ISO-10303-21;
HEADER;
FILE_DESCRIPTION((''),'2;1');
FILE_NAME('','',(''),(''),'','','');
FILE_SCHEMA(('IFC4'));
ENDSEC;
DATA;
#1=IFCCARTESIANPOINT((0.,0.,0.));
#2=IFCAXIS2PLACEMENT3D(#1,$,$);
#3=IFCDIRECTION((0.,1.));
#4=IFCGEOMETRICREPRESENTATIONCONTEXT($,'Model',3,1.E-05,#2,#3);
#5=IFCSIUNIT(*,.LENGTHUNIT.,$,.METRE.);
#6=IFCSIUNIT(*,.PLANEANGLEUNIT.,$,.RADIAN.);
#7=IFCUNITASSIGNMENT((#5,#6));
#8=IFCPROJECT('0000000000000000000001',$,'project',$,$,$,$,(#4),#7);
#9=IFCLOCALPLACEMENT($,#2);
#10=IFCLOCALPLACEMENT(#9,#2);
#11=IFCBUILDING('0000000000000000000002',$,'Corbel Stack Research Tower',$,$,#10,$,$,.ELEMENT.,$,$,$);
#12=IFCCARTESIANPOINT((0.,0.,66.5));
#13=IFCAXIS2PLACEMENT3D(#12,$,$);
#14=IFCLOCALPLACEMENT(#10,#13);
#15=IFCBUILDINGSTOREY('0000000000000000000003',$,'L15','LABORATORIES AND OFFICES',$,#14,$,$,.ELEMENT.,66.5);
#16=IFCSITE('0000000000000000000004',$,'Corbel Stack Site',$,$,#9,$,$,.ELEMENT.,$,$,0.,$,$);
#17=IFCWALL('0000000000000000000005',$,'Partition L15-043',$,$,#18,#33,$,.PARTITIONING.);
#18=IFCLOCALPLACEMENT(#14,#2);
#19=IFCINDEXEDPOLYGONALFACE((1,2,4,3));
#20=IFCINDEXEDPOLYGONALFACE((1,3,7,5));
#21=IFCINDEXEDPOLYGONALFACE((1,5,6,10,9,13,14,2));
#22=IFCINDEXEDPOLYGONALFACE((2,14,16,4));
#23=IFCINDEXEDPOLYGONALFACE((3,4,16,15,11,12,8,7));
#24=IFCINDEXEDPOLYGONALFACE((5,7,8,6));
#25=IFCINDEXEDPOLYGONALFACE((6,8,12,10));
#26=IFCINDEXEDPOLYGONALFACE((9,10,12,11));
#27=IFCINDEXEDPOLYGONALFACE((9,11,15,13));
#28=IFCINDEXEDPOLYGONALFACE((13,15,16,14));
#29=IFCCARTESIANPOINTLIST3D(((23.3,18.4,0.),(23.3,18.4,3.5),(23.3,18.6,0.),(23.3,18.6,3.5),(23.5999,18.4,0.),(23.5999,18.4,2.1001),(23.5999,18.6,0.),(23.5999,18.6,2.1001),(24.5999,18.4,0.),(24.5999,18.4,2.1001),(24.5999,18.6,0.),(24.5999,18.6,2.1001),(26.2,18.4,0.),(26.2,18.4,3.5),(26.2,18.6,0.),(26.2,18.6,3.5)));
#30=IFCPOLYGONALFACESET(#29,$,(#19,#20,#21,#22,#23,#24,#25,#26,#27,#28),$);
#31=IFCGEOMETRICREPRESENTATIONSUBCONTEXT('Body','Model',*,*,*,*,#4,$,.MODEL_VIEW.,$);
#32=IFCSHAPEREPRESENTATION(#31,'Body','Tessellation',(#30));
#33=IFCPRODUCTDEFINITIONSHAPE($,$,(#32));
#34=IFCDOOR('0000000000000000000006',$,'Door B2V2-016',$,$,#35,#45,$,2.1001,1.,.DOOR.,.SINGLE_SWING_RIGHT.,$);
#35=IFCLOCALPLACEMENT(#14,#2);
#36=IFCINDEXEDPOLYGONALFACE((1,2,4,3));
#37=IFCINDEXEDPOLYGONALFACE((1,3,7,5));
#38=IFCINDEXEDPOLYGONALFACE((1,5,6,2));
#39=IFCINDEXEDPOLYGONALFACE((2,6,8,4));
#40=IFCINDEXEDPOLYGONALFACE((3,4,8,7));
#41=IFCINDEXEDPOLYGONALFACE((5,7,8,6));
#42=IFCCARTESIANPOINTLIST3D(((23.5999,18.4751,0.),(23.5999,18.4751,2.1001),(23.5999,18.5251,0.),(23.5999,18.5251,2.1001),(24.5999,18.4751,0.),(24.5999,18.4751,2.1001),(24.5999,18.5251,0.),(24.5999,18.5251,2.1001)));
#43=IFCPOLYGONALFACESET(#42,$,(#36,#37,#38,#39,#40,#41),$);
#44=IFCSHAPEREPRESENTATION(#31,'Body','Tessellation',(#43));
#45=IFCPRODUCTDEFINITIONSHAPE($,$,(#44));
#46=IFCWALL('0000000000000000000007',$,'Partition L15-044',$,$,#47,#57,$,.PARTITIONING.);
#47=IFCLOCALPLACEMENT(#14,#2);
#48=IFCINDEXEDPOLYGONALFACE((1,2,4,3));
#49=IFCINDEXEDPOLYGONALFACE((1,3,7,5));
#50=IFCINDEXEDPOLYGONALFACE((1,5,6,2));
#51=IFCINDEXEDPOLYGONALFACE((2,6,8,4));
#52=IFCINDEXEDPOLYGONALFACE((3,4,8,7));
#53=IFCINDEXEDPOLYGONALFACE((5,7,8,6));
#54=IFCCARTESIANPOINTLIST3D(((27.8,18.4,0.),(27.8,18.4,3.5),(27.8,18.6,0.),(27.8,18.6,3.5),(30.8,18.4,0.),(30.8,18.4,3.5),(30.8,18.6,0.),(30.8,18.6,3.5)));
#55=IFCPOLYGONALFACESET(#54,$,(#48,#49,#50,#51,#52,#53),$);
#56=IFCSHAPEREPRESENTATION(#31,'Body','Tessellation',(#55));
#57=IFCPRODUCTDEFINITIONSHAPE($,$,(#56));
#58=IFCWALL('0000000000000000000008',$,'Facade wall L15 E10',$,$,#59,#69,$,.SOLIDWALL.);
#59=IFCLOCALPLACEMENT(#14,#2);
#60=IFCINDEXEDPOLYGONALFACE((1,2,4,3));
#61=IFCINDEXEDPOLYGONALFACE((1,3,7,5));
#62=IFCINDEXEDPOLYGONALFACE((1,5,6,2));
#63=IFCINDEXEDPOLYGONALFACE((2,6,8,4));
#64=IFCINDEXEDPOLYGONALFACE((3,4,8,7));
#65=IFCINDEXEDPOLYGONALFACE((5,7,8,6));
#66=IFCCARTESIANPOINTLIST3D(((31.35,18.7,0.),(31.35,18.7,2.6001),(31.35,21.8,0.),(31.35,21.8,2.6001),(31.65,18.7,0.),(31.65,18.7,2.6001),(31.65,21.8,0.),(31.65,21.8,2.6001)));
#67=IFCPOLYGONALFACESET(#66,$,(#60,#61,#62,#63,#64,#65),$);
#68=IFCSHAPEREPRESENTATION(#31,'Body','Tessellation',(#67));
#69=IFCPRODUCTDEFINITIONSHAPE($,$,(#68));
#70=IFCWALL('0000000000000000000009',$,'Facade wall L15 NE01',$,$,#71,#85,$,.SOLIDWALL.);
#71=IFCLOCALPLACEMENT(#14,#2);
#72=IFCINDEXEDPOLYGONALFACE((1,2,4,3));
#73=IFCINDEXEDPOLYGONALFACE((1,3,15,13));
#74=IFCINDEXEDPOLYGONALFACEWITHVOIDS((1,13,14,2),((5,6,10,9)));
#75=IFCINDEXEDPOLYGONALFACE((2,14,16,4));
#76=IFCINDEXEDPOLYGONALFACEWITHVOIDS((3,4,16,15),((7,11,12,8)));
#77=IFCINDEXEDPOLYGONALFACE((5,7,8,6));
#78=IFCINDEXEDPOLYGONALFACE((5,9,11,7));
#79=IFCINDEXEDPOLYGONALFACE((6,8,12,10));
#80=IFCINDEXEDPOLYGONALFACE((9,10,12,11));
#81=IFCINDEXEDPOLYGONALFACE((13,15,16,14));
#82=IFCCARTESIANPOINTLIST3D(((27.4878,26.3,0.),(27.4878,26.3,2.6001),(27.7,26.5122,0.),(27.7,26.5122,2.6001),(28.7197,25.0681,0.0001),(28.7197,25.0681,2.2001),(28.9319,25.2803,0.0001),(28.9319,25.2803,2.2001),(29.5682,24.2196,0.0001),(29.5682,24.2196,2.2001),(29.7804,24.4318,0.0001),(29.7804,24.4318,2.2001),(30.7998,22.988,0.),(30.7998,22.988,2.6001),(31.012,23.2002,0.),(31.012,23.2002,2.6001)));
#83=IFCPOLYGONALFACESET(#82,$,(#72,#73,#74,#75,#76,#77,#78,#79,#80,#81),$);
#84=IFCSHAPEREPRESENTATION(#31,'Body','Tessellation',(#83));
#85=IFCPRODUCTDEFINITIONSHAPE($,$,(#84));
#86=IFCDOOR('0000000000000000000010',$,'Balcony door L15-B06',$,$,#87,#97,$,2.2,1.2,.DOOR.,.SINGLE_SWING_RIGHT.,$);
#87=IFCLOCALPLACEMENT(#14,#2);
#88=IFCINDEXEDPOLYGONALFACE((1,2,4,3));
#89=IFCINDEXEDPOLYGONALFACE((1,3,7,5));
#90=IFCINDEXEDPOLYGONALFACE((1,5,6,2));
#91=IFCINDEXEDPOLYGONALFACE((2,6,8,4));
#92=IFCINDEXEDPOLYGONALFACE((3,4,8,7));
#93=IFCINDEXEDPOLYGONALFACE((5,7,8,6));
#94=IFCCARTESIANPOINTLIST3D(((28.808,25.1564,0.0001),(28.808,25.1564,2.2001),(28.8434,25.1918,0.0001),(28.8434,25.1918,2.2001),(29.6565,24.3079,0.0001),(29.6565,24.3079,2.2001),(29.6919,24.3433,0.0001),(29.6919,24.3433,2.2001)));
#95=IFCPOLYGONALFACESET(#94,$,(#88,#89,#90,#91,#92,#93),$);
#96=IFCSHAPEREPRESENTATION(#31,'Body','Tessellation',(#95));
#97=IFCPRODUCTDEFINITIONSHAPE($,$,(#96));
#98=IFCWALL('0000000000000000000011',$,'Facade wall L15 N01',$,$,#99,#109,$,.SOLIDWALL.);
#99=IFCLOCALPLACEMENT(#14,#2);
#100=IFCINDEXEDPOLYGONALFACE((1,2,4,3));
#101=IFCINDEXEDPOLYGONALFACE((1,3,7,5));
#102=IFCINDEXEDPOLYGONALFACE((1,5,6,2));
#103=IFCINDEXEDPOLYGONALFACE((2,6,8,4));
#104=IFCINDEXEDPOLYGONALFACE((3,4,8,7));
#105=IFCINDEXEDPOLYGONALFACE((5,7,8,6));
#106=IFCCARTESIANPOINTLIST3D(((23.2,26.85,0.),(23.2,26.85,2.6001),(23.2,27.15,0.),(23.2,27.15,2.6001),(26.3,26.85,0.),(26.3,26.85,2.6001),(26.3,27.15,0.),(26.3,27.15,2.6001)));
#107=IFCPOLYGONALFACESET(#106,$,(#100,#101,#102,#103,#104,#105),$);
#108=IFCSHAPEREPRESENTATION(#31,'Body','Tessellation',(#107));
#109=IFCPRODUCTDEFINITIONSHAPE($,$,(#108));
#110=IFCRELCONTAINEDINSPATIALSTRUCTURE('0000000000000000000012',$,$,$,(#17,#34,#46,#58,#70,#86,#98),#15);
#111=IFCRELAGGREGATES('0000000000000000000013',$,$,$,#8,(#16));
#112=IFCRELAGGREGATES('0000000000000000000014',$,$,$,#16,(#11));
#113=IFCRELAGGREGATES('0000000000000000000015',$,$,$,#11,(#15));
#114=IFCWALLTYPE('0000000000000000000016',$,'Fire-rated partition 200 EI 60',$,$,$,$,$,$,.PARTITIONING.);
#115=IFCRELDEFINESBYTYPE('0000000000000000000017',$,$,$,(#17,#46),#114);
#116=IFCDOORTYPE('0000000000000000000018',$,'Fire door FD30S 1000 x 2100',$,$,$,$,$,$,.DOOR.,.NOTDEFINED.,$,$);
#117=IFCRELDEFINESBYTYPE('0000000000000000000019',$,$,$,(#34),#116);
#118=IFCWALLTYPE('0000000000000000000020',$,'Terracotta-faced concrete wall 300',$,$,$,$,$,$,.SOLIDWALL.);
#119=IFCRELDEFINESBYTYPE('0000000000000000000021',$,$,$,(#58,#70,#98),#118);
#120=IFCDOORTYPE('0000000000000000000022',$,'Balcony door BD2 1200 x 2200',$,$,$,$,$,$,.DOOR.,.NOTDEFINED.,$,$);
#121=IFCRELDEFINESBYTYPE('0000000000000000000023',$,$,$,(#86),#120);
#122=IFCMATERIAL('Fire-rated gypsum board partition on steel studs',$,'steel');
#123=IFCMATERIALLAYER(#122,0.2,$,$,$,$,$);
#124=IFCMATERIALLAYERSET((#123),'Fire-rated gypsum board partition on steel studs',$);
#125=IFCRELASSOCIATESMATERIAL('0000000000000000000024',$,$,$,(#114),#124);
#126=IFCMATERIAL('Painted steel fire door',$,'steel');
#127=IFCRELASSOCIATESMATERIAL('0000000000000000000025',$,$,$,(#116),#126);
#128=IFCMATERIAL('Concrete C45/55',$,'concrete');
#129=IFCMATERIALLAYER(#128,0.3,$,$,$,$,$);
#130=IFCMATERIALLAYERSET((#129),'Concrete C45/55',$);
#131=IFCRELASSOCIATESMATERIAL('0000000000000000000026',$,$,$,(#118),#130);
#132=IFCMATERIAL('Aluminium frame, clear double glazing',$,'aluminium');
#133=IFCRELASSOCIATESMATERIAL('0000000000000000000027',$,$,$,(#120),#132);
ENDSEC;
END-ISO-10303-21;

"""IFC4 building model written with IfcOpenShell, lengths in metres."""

from ifc_helpers import new_model, si_unit, direction, frame, frame_2d, origin, place, context, subcontext, project, spatial, rectangle, extrude, material, layer, layer_set, type_object, element, fill, save


model = new_model("IFC4")

# Units and contexts
model_context = context("Model", 3, precision=1e-05, world=origin(), true_north=direction((0.0, 1.0)))
body_context = subcontext(model_context, "Body", "Model", "MODEL_VIEW")
ifc_project = project(units=[si_unit("LENGTHUNIT", "METRE"), si_unit("PLANEANGLEUNIT", "RADIAN")], contexts=[model_context])

# Site, building, storey
site_placement = place(None, origin())
site = spatial("IfcSite", under=ifc_project, at=site_placement, Name="Corbel Stack Site", CompositionType="ELEMENT", RefElevation=0.0)
building_placement = place(site_placement, origin())
building = spatial("IfcBuilding", under=site, at=building_placement, Name="Corbel Stack Research Tower", CompositionType="ELEMENT")
storey_placement = place(building_placement, frame((0.0, 0.0, 66.5)))
storey = spatial("IfcBuildingStorey", under=building, at=storey_placement, Name="L15", Description="LABORATORIES AND OFFICES", CompositionType="ELEMENT", Elevation=66.5)

# Shared definitions
ifc_material_1 = material(Name="Fire-rated gypsum board partition on steel studs", Category="steel")
ifc_layer_1 = layer(ifc_material_1, 0.2)
ifc_layer_set_1 = layer_set([ifc_layer_1], Name="Fire-rated gypsum board partition on steel studs")
wall_type_1 = type_object("IfcWallType", Name="Fire-rated partition 200 EI 60", PredefinedType="PARTITIONING", material=ifc_layer_set_1)

# Wall, opening, door
wall_1_placement = place(storey_placement, frame((26.2, 18.5, 0.0), z_axis=(0.0, 0.0, 1.0), x_axis=(-1.0, 0.0, 0.0)))
wall_1 = element("IfcWall", 1, at=wall_1_placement, inside=storey, type_object=wall_type_1, Name="Partition L15-043", PredefinedType="PARTITIONING", context=body_context, shape_type="SweptSolid", body=[
    extrude(rectangle(XDim=2.8999, YDim=0.2, at=frame_2d((1.45, 0.0))), origin(), (0.0, 0.0, 1.0), 3.5),
])
opening_1_placement = place(wall_1_placement, frame((1.6001, 0.0, 0.0)))
opening_1 = element("IfcOpeningElement", 2, at=opening_1_placement, cuts=wall_1, PredefinedType="OPENING", context=body_context, shape_type="SweptSolid", body=[
    extrude(rectangle(XDim=1.0, YDim=2.1001, at=frame_2d((0.5, 1.05))), frame((0.0, 0.1099, 0.0), z_axis=(0.0, -1.0, 0.0), x_axis=(1.0, 0.0, 0.0)), (0.0, 0.0, 1.0), 0.22),
])
ifc_material_2 = material(Name="Painted steel fire door", Category="steel")
door_type_1 = type_object("IfcDoorType", Name="Fire door FD30S 1000 x 2100", OperationType="NOTDEFINED", PredefinedType="DOOR", material=ifc_material_2)
door_1_placement = place(opening_1_placement, origin())
door_1 = element("IfcDoor", 3, at=door_1_placement, inside=storey, type_object=door_type_1, Name="Door B2V2-016", OperationType="SINGLE_SWING_RIGHT", OverallHeight=2.1001, OverallWidth=1.0, PredefinedType="DOOR", context=body_context, shape_type="SweptSolid", body=[
    extrude(rectangle(XDim=1.0, YDim=2.1001, at=frame_2d((0.5, 1.05))), frame((0.0, 0.0249, 0.0), z_axis=(0.0, -1.0, 0.0), x_axis=(1.0, 0.0, 0.0)), (0.0, 0.0, 1.0), 0.05),
])
fill(opening_1, door_1)

# Walls
wall_2_placement = place(storey_placement, frame((27.8, 18.5, 0.0), z_axis=(0.0, 0.0, 1.0), x_axis=(1.0, 0.0, 0.0)))
element("IfcWall", 4, at=wall_2_placement, inside=storey, type_object=wall_type_1, Name="Partition L15-044", PredefinedType="PARTITIONING", context=body_context, shape_type="SweptSolid", body=[
    extrude(rectangle(XDim=3.0, YDim=0.2, at=frame_2d((1.5, 0.0))), origin(), (0.0, 0.0, 1.0), 3.5),
])
ifc_material_3 = material(Name="Concrete C45/55", Category="concrete")
ifc_layer_2 = layer(ifc_material_3, 0.3)
ifc_layer_set_2 = layer_set([ifc_layer_2], Name="Concrete C45/55")
wall_type_2 = type_object("IfcWallType", Name="Terracotta-faced concrete wall 300", PredefinedType="SOLIDWALL", material=ifc_layer_set_2)
wall_3_placement = place(storey_placement, frame((31.5, 21.8, 0.0), z_axis=(0.0, 0.0, 1.0), x_axis=(0.0, -1.0, 0.0)))
element("IfcWall", 5, at=wall_3_placement, inside=storey, type_object=wall_type_2, Name="Facade wall L15 E10", PredefinedType="SOLIDWALL", context=body_context, shape_type="SweptSolid", body=[
    extrude(rectangle(XDim=3.1001, YDim=0.3, at=frame_2d((1.55, 0.0))), origin(), (0.0, 0.0, 1.0), 2.6001),
])

# Wall, opening, door
wall_4_placement = place(storey_placement, frame((27.594, 26.406, 0.0), z_axis=(0.0, 0.0, 1.0), x_axis=(0.707107, -0.707107, 0.0)))
wall_4 = element("IfcWall", 6, at=wall_4_placement, inside=storey, type_object=wall_type_2, Name="Facade wall L15 NE01", PredefinedType="SOLIDWALL", context=body_context, shape_type="SweptSolid", body=[
    extrude(rectangle(XDim=4.6838, YDim=0.3, at=frame_2d((2.3418, 0.0))), origin(), (0.0, 0.0, 1.0), 2.6001),
])
opening_2_placement = place(wall_4_placement, frame((1.7419, 0.0, 0.0)))
opening_2 = element("IfcOpeningElement", 7, at=opening_2_placement, cuts=wall_4, PredefinedType="OPENING", context=body_context, shape_type="SweptSolid", body=[
    extrude(rectangle(XDim=1.2, YDim=2.2, at=frame_2d((0.6001, 1.1001))), frame((0.0, 0.1599, 0.0), z_axis=(0.0, -1.0, 0.0), x_axis=(1.0, 0.0, 0.0)), (0.0, 0.0, 1.0), 0.3201),
])
ifc_material_4 = material(Name="Aluminium frame, clear double glazing", Category="aluminium")
door_type_2 = type_object("IfcDoorType", Name="Balcony door BD2 1200 x 2200", OperationType="NOTDEFINED", PredefinedType="DOOR", material=ifc_material_4)
door_2_placement = place(opening_2_placement, origin())
door_2 = element("IfcDoor", 8, at=door_2_placement, inside=storey, type_object=door_type_2, Name="Balcony door L15-B06", OperationType="SINGLE_SWING_RIGHT", OverallHeight=2.2, OverallWidth=1.2, PredefinedType="DOOR", context=body_context, shape_type="SweptSolid", body=[
    extrude(rectangle(XDim=1.2, YDim=2.2, at=frame_2d((0.6001, 1.1001))), frame((0.0, 0.0249, 0.0), z_axis=(0.0, -1.0, 0.0), x_axis=(1.0, 0.0, 0.0)), (0.0, 0.0, 1.0), 0.05),
])
fill(opening_2, door_2)

# Wall
wall_5_placement = place(storey_placement, frame((23.2, 27.0, 0.0), z_axis=(0.0, 0.0, 1.0), x_axis=(1.0, 0.0, 0.0)))
element("IfcWall", 9, at=wall_5_placement, inside=storey, type_object=wall_type_2, Name="Facade wall L15 N01", PredefinedType="SOLIDWALL", context=body_context, shape_type="SweptSolid", body=[
    extrude(rectangle(XDim=3.1001, YDim=0.3, at=frame_2d((1.55, 0.0))), origin(), (0.0, 0.0, 1.0), 2.6001),
])

save(model, "model.ifc")
